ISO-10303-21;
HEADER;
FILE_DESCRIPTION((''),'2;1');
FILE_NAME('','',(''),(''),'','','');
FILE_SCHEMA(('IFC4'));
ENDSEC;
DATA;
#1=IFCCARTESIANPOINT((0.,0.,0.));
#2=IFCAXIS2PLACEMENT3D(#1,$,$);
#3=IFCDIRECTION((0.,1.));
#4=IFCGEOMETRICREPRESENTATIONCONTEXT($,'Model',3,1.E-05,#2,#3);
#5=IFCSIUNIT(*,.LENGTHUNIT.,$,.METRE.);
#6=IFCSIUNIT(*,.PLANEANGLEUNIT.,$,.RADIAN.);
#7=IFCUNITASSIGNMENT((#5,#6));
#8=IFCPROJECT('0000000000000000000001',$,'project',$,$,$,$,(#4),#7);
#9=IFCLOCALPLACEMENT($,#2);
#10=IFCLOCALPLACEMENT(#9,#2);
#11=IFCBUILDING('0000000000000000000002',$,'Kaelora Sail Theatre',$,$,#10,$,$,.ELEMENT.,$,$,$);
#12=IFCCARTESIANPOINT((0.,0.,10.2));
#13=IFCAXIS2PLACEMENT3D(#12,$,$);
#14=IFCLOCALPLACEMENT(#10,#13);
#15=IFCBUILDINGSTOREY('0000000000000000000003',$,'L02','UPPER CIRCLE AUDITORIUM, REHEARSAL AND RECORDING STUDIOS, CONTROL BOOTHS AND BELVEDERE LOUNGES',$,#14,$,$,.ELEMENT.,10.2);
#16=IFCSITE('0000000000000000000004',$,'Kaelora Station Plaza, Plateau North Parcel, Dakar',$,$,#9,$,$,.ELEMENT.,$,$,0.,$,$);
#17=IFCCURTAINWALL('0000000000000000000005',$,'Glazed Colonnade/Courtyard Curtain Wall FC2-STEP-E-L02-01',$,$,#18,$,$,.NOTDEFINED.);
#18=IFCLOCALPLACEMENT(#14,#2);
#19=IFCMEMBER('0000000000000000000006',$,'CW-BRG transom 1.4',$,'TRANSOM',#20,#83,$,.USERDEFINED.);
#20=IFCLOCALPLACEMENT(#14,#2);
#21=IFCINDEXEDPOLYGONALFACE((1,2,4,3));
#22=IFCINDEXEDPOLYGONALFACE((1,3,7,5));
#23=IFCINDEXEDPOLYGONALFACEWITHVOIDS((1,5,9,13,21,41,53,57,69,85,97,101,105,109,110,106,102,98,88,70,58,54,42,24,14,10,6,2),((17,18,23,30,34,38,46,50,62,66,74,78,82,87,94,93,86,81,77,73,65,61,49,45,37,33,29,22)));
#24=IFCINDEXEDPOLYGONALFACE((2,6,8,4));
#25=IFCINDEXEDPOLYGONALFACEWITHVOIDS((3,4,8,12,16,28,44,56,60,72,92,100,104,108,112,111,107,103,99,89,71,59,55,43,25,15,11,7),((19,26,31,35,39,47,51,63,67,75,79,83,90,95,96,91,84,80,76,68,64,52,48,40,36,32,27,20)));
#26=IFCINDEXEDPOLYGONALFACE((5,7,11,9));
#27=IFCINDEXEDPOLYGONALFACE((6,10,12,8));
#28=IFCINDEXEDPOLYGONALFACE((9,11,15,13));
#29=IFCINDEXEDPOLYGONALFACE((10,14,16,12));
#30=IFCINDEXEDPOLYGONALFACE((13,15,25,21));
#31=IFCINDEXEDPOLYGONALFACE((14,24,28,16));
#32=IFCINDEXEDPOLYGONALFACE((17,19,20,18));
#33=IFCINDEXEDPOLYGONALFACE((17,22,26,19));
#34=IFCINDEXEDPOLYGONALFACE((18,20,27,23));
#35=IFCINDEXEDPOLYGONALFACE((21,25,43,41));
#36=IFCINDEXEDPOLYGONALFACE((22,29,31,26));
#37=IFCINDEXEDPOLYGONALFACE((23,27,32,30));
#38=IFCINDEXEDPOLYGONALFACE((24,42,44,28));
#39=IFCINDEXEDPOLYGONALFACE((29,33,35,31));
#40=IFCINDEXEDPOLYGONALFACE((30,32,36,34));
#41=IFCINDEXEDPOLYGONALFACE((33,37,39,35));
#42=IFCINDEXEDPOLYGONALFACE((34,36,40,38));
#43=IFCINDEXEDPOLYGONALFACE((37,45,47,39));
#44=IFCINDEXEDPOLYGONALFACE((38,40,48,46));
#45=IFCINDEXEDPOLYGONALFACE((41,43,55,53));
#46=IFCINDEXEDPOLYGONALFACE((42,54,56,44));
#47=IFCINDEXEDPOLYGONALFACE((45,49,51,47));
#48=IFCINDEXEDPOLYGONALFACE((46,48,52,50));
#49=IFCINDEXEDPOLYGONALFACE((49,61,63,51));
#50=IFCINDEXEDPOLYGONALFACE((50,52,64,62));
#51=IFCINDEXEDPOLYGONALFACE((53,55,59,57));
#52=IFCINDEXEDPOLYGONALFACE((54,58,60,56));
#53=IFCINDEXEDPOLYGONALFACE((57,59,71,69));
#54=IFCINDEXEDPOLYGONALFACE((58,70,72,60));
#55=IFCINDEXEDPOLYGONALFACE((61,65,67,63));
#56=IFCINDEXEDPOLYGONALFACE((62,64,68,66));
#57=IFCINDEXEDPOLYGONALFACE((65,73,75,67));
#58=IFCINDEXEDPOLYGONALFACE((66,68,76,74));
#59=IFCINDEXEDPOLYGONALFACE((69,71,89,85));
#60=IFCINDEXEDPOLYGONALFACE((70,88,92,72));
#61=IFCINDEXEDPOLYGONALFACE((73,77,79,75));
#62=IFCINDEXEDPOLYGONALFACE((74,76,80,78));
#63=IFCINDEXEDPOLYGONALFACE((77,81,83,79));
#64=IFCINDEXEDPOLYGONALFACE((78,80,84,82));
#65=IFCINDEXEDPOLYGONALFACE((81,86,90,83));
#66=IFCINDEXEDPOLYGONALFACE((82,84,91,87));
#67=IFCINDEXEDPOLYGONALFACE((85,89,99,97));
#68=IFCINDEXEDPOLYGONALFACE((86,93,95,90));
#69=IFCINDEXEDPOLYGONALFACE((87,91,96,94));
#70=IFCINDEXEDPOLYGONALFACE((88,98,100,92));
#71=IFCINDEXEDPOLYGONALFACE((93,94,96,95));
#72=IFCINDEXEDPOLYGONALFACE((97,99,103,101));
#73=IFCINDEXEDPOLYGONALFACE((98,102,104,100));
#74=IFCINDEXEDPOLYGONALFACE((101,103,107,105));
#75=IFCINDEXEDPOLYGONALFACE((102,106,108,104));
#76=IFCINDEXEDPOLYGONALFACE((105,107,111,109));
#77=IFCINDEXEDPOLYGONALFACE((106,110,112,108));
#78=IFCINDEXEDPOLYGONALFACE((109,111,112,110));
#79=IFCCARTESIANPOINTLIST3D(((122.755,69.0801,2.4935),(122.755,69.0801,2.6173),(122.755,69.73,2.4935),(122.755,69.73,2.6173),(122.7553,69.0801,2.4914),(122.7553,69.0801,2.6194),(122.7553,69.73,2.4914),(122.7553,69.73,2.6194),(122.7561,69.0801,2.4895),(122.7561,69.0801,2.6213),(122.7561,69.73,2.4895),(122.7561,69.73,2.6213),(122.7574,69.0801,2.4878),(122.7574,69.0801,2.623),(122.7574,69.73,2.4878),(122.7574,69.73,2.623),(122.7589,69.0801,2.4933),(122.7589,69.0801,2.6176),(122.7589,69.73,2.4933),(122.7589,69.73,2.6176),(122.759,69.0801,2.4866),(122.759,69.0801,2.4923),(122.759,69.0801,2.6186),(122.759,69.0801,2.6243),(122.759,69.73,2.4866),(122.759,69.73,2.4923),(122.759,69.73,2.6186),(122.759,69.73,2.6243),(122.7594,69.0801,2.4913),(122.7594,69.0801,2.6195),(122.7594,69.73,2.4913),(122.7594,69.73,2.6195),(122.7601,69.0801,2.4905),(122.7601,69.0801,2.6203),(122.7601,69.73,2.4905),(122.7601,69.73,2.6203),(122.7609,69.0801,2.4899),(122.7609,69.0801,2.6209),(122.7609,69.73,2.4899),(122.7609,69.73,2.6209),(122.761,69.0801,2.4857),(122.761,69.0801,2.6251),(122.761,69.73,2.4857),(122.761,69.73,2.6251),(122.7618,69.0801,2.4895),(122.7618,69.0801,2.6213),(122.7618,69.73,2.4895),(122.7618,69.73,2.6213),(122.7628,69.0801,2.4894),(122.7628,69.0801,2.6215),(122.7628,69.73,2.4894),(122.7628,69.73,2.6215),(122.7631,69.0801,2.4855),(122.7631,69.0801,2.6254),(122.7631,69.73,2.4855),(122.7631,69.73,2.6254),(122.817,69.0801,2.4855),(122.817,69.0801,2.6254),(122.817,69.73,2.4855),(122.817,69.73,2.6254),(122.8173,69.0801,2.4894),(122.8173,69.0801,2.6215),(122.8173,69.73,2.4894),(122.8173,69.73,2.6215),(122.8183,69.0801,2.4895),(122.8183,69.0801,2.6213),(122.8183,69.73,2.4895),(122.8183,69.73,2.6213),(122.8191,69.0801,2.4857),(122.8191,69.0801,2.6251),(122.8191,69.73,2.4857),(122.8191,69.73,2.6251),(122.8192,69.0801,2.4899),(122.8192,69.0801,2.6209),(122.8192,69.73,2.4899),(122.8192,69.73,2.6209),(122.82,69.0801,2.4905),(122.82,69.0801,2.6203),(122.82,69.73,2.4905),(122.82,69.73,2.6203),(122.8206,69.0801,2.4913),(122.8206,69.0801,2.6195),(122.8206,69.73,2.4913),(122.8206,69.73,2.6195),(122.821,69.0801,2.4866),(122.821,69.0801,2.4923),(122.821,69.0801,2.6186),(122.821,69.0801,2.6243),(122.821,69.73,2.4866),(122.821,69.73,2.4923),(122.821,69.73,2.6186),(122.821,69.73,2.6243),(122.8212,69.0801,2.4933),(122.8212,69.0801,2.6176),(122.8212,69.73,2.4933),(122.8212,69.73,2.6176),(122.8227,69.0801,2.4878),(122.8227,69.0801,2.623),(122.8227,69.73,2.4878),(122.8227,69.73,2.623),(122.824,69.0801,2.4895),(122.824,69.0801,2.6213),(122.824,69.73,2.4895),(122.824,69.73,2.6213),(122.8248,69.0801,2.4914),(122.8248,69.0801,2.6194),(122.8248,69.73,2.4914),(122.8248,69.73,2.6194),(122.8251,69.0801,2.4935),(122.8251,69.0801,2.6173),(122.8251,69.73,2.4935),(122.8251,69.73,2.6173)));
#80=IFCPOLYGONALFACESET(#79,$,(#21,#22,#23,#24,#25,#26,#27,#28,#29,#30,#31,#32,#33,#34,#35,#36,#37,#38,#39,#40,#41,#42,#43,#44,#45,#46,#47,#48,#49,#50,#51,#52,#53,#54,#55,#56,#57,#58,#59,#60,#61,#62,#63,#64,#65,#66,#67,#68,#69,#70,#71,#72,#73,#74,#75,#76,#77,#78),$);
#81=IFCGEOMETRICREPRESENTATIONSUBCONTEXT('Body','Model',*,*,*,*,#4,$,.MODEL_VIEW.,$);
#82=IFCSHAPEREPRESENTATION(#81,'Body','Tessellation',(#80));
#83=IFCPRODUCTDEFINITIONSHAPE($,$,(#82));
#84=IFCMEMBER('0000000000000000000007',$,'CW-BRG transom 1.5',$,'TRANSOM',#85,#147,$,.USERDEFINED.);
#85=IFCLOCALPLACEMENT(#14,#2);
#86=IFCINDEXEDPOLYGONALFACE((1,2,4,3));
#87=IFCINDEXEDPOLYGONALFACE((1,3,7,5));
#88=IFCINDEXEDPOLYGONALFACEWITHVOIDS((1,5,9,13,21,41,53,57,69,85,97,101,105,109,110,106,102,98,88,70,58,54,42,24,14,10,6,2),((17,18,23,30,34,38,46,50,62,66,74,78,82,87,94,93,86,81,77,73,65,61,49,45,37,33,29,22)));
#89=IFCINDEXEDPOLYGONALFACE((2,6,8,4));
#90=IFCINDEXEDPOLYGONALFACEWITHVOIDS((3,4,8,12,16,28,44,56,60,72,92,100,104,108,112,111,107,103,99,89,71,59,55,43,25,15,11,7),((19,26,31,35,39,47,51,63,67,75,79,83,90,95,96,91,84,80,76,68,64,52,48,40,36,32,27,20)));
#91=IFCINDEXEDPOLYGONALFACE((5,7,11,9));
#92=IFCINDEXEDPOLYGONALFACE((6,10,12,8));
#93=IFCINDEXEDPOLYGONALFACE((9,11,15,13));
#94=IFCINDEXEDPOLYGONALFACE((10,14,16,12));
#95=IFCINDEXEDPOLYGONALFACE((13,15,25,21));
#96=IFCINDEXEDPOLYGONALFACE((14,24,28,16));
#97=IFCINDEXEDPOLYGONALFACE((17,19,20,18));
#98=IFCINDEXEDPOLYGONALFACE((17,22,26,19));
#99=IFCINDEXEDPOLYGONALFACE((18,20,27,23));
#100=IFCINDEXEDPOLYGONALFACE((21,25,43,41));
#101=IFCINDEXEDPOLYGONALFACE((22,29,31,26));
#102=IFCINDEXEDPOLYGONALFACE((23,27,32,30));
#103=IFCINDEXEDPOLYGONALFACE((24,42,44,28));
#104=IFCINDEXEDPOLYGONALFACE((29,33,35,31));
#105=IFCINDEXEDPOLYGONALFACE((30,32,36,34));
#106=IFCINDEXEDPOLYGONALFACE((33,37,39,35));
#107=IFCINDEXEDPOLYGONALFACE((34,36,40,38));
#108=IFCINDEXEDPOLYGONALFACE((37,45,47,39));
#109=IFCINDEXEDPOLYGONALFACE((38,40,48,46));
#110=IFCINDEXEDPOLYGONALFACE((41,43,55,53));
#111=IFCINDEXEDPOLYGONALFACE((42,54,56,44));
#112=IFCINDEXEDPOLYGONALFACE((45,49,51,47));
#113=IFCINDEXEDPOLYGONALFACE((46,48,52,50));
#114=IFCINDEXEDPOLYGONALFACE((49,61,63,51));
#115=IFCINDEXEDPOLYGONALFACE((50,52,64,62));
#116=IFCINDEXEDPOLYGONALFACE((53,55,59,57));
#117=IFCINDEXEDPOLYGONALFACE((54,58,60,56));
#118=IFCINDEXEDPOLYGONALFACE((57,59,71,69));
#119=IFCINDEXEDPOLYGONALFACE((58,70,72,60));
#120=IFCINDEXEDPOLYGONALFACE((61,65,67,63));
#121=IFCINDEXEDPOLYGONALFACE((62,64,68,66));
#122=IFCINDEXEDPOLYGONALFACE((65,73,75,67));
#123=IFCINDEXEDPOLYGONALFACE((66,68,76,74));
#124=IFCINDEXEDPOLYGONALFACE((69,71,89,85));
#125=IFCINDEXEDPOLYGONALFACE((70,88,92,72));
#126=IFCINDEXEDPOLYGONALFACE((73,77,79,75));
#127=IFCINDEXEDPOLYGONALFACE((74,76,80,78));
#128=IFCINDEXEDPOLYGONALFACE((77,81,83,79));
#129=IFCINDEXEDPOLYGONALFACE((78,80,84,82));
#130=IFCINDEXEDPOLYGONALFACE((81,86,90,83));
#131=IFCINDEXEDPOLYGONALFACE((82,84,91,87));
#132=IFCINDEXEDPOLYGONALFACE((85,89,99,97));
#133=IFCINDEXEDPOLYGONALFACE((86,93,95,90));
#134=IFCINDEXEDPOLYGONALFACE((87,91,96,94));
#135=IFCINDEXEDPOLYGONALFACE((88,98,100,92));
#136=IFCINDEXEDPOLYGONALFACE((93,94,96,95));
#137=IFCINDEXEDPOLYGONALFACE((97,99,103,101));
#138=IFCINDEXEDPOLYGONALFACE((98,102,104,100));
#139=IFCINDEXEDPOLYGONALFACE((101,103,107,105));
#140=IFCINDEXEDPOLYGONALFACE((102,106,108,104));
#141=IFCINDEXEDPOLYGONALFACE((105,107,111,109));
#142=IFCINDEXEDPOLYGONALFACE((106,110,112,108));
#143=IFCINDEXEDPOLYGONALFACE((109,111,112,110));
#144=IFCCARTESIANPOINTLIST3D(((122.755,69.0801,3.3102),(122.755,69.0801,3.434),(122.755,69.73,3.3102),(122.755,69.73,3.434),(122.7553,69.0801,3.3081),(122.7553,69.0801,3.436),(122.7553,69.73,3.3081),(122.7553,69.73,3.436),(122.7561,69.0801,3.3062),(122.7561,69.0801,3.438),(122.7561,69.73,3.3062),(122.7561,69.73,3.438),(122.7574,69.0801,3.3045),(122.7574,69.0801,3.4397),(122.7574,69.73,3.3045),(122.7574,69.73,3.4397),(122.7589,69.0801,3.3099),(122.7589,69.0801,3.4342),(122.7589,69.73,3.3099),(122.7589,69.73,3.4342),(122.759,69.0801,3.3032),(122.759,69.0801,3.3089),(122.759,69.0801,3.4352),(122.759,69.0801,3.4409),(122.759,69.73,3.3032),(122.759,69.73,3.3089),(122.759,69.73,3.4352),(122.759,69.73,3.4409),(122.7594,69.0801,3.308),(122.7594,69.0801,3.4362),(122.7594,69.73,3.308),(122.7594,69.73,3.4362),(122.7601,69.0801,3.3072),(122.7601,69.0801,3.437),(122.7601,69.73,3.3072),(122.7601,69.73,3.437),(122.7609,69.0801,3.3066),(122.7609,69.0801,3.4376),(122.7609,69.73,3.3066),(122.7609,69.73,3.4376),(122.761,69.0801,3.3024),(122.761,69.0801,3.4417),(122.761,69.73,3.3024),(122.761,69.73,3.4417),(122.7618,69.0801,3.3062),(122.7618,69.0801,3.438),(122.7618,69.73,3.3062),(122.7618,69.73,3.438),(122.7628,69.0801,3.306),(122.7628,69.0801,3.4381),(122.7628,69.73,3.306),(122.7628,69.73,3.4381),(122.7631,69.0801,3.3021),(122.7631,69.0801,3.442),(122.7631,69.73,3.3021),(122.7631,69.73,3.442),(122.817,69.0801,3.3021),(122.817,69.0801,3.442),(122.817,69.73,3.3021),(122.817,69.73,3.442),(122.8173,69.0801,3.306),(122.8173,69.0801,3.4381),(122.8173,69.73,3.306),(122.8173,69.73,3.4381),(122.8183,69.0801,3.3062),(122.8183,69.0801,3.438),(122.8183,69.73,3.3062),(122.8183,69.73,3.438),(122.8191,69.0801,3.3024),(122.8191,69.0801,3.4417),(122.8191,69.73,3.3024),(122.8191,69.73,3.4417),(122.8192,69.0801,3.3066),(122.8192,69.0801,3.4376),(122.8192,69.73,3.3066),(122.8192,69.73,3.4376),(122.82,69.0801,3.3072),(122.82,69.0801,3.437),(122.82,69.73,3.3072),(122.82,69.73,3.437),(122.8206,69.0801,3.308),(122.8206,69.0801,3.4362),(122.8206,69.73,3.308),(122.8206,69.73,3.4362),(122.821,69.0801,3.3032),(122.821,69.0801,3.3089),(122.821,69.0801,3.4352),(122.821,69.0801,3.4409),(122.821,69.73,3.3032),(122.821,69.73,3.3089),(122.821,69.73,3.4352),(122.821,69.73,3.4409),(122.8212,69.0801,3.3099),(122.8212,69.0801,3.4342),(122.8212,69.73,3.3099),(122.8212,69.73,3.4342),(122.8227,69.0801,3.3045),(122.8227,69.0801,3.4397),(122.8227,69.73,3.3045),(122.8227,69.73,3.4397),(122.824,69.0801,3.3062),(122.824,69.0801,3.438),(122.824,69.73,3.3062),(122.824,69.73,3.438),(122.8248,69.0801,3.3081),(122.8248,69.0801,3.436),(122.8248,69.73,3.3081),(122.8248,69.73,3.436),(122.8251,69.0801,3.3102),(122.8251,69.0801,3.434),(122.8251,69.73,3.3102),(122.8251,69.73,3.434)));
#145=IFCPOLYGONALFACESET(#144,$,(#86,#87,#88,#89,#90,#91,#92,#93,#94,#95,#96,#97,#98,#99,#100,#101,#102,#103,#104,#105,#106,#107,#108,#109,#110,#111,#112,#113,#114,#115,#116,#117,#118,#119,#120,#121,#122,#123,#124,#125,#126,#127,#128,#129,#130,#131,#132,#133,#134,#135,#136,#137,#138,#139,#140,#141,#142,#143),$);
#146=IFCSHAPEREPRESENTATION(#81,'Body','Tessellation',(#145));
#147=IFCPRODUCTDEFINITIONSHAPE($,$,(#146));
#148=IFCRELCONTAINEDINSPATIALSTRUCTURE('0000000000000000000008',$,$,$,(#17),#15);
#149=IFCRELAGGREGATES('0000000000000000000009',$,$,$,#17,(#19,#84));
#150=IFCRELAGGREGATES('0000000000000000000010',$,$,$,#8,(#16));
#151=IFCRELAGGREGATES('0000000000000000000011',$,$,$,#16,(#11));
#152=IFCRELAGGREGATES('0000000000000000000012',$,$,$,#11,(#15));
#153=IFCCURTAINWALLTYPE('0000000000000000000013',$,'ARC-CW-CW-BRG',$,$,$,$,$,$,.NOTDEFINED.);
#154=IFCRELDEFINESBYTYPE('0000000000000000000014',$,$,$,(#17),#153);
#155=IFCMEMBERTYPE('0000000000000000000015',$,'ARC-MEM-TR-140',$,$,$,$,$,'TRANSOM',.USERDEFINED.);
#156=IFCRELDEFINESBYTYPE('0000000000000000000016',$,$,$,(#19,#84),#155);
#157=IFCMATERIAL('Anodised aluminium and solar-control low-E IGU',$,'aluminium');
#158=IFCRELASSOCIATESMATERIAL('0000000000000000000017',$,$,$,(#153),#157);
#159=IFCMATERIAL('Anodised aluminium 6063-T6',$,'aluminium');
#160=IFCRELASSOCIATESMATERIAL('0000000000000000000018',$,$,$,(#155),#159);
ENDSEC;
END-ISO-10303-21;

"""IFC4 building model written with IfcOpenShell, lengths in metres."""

from ifc_helpers import new_model, si_unit, direction, frame, origin, origin_2d, place, context, subcontext, project, spatial, hollow_rectangle, extrude, material, material_profile, profile_set, type_object, element, aggregate, save


model = new_model("IFC4")

# Units and contexts
model_context = context("Model", 3, precision=1e-05, world=origin(), true_north=direction((0.0, 1.0)))
body_context = subcontext(model_context, "Body", "Model", "MODEL_VIEW")
ifc_project = project(units=[si_unit("LENGTHUNIT", "METRE"), si_unit("PLANEANGLEUNIT", "RADIAN")], contexts=[model_context])

# Site, building, storey
site_placement = place(None, origin())
site = spatial("IfcSite", under=ifc_project, at=site_placement, Name="Kaelora Station Plaza, Plateau North Parcel, Dakar", CompositionType="ELEMENT", RefElevation=0.0)
building_placement = place(site_placement, origin())
building = spatial("IfcBuilding", under=site, at=building_placement, Name="Kaelora Sail Theatre", CompositionType="ELEMENT")
storey_placement = place(building_placement, frame((0.0, 0.0, 10.2)))
storey = spatial("IfcBuildingStorey", under=building, at=storey_placement, Name="L02", Description="UPPER CIRCLE AUDITORIUM, REHEARSAL AND RECORDING STUDIOS, CONTROL BOOTHS AND BELVEDERE LOUNGES", CompositionType="ELEMENT", Elevation=10.2)

# Curtain wall
ifc_material_1 = material(Name="Anodised aluminium and solar-control low-E IGU", Category="aluminium")
curtain_wall_type = type_object("IfcCurtainWallType", Name="ARC-CW-CW-BRG", PredefinedType="NOTDEFINED", material=ifc_material_1)
curtain_wall_1_placement = place(storey_placement, origin())
curtain_wall_1 = element("IfcCurtainWall", 1, at=curtain_wall_1_placement, inside=storey, type_object=curtain_wall_type, Name="Glazed Colonnade/Courtyard Curtain Wall FC2-STEP-E-L02-01", PredefinedType="NOTDEFINED")

# Members
ifc_material_2 = material(Name="Anodised aluminium 6063-T6", Category="aluminium")
ifc_material_profile_1 = material_profile(ifc_material_2, hollow_rectangle(XDim=0.0701, YDim=0.1399, WallThickness=0.0039, InnerFilletRadius=0.0039, OuterFilletRadius=0.0081, at=origin_2d()), Name="ALU-TRAN 70x140x4")
ifc_profile_set_1 = profile_set([ifc_material_profile_1], Name="Anodised aluminium 6063-T6")
member_type_1 = type_object("IfcMemberType", Name="ARC-MEM-TR-140", ElementType="TRANSOM", PredefinedType="USERDEFINED", material=ifc_profile_set_1)
member_1_placement = place(storey_placement, frame((122.79, 69.0801, 2.5554), z_axis=(0.0, 1.0, 0.0), x_axis=(-1.0, 0.0, 0.0)))
member_1 = element("IfcMember", 2, at=member_1_placement, type_object=member_type_1, Name="CW-BRG transom 1.4", ObjectType="TRANSOM", PredefinedType="USERDEFINED", context=body_context, shape_type="SweptSolid", body=[
    extrude(hollow_rectangle(XDim=0.0701, YDim=0.1399, WallThickness=0.0039, InnerFilletRadius=0.0039, OuterFilletRadius=0.0081, at=origin_2d()), origin(), (0.0, 0.0, 1.0), 0.6499),
])
member_2_placement = place(storey_placement, frame((122.79, 69.0801, 3.3721), z_axis=(0.0, 1.0, 0.0), x_axis=(-1.0, 0.0, 0.0)))
member_2 = element("IfcMember", 3, at=member_2_placement, type_object=member_type_1, Name="CW-BRG transom 1.5", ObjectType="TRANSOM", PredefinedType="USERDEFINED", context=body_context, shape_type="SweptSolid", body=[
    extrude(hollow_rectangle(XDim=0.0701, YDim=0.1399, WallThickness=0.0039, InnerFilletRadius=0.0039, OuterFilletRadius=0.0081, at=origin_2d()), origin(), (0.0, 0.0, 1.0), 0.6499),
])

aggregate(curtain_wall_1, [member_1, member_2])

save(model, "model.ifc")
